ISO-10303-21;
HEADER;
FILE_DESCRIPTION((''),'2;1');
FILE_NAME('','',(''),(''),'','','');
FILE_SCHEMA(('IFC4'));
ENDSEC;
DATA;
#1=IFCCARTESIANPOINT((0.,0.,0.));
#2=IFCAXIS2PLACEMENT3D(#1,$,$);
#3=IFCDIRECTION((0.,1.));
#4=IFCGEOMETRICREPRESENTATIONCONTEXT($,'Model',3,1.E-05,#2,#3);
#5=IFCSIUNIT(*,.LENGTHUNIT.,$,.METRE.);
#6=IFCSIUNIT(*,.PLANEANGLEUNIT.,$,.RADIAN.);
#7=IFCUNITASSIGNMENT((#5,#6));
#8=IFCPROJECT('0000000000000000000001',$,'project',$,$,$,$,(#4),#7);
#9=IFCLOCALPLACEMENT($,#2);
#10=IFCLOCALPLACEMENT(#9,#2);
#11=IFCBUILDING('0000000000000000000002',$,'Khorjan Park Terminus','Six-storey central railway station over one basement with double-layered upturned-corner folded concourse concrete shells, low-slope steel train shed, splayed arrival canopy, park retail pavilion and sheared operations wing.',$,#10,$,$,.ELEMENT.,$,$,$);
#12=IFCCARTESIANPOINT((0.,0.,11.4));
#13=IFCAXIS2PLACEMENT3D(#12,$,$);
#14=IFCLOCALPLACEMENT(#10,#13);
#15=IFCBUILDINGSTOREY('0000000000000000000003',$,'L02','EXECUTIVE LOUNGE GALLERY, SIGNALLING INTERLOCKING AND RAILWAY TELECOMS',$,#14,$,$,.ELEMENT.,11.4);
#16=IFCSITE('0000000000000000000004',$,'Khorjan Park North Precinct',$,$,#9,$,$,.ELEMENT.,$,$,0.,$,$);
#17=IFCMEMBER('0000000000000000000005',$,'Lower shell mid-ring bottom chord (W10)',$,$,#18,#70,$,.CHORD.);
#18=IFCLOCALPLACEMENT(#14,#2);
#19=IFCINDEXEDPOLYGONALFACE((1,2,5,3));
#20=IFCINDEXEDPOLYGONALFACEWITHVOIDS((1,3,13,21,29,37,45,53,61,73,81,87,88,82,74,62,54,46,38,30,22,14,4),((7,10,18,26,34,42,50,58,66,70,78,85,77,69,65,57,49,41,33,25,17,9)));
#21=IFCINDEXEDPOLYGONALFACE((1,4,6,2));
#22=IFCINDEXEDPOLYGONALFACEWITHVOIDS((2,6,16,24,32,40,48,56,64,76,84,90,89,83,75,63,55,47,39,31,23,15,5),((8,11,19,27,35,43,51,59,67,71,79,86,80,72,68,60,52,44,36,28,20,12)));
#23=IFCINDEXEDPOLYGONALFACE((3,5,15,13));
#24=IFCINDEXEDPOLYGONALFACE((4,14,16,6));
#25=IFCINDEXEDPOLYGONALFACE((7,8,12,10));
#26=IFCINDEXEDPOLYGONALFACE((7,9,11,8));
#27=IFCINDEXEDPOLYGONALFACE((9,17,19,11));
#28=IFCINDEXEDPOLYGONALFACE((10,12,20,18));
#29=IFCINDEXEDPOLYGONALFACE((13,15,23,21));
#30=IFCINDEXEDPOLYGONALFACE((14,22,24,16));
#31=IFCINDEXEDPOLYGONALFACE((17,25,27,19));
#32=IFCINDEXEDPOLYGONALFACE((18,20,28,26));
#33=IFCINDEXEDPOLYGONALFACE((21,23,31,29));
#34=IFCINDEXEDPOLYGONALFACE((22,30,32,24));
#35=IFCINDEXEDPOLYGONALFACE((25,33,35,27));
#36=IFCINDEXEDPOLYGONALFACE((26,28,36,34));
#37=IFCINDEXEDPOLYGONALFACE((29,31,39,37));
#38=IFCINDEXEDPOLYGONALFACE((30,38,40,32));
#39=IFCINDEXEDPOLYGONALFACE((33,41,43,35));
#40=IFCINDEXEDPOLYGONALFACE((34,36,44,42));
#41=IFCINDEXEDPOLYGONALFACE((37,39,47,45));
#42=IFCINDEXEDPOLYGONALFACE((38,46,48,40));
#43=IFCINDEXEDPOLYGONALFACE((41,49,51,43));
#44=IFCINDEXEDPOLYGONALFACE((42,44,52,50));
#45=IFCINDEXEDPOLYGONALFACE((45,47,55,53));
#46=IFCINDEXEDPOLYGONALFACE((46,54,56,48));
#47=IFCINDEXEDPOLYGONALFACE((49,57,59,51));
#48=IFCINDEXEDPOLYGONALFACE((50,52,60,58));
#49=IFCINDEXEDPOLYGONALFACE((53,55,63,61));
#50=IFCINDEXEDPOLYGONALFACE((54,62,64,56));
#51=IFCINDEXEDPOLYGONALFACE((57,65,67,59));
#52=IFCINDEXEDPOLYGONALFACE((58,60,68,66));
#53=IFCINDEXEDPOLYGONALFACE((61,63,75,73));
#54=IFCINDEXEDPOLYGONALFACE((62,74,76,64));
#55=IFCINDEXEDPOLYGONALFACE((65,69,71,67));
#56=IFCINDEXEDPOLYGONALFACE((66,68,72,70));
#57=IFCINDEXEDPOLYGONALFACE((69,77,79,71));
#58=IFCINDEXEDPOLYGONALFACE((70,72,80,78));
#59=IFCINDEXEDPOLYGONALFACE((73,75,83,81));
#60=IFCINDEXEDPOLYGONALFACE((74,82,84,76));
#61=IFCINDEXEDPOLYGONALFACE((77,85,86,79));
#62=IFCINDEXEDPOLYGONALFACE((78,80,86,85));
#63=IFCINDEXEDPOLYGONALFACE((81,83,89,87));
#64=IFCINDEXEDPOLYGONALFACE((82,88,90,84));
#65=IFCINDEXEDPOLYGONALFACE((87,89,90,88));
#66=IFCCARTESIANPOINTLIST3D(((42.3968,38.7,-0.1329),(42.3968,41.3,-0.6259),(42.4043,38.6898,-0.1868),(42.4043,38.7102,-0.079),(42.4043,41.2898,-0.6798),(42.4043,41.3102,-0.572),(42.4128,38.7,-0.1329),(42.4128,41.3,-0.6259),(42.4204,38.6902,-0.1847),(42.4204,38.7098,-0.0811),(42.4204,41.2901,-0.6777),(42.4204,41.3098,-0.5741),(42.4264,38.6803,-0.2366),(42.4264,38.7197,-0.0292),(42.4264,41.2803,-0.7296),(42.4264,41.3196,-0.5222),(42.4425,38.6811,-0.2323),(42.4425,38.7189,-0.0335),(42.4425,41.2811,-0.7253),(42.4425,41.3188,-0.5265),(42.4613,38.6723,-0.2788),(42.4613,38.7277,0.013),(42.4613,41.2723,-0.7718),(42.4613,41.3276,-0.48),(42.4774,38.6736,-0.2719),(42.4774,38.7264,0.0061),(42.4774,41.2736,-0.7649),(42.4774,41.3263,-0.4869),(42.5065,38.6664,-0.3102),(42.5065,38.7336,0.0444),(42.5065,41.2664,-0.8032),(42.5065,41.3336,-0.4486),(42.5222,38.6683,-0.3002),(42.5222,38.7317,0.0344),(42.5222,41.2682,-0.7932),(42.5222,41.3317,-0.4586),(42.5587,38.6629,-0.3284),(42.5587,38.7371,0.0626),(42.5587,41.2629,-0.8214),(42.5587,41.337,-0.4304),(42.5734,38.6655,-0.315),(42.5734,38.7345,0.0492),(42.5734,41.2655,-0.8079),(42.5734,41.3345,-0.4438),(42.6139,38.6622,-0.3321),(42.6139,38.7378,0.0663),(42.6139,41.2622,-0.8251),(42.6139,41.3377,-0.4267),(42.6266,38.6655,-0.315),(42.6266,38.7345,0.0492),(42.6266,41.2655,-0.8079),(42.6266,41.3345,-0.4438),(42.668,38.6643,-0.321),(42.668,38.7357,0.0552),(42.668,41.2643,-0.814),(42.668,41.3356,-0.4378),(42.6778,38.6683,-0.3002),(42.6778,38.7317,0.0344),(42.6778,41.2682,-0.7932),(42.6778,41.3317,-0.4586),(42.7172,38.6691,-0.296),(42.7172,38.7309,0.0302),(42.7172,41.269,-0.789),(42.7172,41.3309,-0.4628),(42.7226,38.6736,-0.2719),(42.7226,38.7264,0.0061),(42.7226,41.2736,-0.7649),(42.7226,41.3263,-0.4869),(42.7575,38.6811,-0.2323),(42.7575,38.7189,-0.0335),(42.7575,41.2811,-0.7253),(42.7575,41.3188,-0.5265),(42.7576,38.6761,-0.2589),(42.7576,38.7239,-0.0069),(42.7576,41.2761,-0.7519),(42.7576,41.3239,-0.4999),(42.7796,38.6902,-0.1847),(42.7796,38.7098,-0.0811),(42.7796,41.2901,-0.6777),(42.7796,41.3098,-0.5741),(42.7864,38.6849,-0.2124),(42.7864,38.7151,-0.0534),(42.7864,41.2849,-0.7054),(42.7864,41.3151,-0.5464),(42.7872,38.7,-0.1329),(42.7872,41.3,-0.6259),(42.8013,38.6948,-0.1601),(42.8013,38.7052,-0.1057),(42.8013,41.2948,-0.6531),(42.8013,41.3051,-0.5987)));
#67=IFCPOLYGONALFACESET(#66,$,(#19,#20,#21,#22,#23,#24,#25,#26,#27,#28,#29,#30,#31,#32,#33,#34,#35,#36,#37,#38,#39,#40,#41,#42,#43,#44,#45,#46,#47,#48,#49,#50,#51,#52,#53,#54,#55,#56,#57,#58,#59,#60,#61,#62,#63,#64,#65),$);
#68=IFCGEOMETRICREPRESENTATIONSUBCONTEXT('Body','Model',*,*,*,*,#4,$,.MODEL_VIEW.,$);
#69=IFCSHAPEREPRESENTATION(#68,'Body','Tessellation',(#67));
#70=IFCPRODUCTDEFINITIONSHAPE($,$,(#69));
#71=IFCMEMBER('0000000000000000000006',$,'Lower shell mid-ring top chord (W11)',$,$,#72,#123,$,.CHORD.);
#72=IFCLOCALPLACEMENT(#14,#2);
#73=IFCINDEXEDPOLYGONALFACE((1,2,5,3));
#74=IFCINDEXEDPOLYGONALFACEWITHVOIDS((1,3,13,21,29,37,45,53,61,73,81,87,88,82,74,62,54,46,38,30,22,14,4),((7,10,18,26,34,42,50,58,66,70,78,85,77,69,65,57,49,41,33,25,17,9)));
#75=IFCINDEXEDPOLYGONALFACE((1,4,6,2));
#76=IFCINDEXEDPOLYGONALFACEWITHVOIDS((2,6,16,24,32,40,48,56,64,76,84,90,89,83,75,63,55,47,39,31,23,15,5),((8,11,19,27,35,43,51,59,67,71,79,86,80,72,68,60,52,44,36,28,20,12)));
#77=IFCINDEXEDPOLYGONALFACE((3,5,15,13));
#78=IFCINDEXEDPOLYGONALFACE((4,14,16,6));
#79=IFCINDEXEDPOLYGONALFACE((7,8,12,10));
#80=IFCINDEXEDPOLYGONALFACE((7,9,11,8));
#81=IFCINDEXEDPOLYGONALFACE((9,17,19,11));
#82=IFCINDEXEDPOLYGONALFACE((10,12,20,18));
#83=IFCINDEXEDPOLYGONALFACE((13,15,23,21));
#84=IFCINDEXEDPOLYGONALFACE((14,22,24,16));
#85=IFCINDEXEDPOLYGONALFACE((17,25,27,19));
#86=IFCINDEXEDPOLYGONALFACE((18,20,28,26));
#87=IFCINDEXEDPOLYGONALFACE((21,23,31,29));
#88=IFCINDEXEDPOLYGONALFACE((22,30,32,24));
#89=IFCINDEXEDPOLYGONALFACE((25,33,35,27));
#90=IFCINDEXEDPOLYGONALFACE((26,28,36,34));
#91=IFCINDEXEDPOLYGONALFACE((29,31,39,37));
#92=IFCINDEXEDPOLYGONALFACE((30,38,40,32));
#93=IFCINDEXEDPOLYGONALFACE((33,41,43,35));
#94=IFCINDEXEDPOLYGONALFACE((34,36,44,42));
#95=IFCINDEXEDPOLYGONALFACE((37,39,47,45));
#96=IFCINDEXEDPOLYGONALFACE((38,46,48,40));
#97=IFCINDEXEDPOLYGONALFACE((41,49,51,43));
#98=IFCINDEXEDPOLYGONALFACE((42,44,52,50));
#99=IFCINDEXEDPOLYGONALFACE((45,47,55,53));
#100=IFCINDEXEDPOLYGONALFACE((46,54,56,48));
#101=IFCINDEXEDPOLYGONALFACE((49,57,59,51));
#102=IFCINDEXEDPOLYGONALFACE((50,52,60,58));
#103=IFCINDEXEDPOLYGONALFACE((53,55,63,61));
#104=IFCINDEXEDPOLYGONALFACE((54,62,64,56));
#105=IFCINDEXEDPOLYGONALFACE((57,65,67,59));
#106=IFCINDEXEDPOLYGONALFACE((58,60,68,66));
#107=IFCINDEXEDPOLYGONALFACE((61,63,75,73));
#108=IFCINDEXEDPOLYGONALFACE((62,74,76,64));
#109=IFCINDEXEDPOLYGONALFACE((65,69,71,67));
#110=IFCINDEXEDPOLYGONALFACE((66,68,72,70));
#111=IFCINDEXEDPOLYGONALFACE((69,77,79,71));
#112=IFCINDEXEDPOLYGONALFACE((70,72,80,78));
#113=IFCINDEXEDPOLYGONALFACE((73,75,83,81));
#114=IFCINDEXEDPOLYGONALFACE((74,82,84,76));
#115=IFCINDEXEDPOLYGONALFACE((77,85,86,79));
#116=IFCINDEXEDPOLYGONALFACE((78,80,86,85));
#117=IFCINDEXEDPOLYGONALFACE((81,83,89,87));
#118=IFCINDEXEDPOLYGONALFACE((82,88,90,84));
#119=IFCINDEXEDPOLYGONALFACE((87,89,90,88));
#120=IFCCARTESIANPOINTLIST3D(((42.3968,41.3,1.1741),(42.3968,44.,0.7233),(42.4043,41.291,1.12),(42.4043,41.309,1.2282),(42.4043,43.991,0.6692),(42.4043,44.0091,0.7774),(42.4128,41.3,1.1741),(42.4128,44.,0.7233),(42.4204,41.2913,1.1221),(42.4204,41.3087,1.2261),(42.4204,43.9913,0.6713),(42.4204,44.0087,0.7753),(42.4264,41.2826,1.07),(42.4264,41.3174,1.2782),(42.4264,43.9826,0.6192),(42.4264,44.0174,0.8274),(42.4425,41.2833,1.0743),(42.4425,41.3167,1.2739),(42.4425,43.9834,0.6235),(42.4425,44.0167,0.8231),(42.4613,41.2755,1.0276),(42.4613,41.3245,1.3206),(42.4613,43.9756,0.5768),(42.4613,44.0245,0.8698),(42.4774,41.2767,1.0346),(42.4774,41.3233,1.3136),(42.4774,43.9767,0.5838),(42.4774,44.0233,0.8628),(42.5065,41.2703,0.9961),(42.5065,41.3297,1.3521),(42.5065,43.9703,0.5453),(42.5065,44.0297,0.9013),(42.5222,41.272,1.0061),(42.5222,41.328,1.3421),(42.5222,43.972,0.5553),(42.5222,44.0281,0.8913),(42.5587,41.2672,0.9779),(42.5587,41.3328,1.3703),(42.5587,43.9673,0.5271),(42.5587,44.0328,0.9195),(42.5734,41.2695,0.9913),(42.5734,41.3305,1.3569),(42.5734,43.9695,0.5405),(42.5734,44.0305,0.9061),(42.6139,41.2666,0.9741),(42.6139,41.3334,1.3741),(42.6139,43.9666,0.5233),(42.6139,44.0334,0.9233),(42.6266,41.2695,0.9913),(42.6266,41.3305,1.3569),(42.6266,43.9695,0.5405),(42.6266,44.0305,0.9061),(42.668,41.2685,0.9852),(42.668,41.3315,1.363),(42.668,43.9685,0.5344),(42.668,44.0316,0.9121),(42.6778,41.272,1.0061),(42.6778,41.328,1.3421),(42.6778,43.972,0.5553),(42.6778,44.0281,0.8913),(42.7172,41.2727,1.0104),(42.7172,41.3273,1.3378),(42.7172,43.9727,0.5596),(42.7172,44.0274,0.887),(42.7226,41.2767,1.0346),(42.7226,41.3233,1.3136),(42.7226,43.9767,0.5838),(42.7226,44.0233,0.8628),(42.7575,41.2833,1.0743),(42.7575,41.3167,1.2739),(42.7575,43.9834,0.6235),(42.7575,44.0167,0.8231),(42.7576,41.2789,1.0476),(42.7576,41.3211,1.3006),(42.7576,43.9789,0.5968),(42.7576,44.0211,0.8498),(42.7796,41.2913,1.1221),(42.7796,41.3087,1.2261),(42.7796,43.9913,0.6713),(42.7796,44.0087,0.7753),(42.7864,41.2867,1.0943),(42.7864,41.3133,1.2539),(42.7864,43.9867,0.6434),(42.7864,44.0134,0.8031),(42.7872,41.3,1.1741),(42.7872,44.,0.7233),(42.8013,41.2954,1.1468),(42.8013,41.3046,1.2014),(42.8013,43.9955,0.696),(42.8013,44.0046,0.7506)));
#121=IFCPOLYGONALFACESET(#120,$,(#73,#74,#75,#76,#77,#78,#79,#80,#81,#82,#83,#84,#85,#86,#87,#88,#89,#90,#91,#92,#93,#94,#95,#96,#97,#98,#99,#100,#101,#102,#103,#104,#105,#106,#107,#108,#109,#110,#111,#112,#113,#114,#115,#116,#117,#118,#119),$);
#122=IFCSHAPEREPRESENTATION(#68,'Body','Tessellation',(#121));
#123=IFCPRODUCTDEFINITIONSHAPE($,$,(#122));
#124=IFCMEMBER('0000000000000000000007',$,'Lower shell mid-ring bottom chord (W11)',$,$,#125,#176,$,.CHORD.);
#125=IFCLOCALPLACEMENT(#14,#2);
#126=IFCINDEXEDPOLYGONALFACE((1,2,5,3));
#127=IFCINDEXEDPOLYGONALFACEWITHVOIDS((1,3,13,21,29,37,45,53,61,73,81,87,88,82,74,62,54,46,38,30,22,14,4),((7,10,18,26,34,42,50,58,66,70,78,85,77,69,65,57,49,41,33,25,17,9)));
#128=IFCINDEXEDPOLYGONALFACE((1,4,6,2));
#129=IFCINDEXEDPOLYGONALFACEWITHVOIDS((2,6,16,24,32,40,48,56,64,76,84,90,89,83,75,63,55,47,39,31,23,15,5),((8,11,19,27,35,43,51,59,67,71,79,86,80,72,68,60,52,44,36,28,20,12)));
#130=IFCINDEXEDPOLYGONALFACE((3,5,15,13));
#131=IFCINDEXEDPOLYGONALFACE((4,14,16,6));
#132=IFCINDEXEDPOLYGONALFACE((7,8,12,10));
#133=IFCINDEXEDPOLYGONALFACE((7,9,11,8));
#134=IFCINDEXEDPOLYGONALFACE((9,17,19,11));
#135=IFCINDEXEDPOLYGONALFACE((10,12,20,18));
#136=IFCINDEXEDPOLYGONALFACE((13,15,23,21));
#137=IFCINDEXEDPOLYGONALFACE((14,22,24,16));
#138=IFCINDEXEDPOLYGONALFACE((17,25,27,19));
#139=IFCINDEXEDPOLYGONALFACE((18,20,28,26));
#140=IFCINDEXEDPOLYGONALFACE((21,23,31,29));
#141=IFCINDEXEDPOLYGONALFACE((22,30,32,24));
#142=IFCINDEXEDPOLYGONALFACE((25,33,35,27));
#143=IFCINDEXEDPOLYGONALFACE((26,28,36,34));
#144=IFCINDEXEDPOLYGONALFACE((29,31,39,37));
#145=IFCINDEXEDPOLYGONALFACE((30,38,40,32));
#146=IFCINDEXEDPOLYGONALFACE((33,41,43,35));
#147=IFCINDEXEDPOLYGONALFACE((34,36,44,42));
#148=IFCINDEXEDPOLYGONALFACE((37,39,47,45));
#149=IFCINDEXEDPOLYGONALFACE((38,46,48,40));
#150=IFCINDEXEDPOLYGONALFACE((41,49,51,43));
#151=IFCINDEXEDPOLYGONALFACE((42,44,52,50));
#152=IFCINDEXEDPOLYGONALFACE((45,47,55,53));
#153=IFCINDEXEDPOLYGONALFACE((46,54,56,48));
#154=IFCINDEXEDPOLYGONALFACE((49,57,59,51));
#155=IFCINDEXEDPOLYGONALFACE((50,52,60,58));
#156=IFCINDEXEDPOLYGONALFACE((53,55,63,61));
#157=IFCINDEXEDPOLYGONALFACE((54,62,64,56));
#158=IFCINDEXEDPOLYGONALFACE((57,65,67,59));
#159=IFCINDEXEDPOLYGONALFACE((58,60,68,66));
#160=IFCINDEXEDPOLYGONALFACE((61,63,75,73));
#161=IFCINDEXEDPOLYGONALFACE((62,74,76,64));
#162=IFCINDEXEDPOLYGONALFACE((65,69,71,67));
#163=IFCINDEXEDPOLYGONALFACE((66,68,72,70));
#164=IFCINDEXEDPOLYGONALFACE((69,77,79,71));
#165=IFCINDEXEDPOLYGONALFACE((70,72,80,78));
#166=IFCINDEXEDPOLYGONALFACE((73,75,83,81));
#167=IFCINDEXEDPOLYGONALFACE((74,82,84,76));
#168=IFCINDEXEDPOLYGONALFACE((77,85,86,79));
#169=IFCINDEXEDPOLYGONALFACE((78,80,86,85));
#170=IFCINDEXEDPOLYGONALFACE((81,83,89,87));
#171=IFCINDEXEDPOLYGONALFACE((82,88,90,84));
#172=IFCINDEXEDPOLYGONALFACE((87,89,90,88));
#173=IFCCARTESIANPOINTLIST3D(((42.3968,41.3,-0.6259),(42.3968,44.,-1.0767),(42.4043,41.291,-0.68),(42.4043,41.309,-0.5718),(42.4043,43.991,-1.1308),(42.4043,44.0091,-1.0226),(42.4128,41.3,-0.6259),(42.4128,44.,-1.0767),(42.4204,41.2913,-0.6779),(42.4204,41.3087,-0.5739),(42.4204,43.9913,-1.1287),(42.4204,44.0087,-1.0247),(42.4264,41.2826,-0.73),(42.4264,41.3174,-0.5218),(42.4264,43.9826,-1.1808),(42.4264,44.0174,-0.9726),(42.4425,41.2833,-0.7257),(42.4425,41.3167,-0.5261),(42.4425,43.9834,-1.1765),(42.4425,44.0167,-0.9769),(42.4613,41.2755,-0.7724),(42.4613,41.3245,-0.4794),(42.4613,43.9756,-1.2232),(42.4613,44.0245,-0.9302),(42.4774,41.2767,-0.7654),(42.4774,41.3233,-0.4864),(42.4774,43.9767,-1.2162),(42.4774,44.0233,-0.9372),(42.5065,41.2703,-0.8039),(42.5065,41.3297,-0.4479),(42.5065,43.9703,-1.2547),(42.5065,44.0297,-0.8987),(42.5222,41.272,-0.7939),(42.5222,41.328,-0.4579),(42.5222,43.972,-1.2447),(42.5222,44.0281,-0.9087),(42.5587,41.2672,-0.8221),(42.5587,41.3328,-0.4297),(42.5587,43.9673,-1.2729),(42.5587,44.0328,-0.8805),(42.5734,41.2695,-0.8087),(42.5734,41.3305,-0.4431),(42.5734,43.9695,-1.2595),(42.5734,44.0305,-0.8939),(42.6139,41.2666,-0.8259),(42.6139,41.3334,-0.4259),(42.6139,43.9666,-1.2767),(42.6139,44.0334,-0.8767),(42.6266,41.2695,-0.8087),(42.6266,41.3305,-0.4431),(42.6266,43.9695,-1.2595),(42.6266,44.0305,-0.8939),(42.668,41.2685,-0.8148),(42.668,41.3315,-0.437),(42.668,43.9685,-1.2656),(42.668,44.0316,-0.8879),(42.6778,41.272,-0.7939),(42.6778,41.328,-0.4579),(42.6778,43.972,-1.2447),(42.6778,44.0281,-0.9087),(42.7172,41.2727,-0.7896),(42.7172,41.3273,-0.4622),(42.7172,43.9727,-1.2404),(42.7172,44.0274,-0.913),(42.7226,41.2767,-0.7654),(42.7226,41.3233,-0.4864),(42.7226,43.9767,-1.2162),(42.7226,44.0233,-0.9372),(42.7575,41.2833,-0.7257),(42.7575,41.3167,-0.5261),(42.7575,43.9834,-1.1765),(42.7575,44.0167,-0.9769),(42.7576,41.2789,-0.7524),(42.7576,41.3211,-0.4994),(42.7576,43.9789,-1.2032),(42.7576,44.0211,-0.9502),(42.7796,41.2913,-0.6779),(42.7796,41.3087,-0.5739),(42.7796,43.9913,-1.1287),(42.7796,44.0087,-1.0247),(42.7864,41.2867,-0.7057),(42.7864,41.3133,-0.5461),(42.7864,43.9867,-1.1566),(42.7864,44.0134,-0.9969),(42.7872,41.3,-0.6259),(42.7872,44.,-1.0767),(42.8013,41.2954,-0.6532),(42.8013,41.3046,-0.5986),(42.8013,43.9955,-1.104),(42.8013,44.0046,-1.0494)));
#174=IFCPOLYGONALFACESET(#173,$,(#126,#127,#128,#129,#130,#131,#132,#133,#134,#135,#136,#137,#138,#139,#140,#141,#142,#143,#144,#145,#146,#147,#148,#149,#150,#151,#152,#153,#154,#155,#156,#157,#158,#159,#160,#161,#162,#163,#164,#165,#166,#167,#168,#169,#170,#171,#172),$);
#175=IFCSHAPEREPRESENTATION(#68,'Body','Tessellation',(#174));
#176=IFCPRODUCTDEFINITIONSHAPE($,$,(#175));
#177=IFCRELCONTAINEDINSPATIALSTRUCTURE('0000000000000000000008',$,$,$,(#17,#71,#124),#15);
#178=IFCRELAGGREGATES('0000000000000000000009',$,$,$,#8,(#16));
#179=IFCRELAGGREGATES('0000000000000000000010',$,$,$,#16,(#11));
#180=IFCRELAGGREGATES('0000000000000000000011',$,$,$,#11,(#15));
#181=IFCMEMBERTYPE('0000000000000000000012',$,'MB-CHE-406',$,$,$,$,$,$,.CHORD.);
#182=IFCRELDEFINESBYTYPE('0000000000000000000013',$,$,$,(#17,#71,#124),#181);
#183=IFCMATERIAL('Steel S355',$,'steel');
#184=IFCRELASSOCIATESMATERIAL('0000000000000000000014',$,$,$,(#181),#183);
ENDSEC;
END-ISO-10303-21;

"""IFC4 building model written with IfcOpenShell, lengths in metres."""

from ifc_helpers import new_model, si_unit, direction, frame, origin, origin_2d, place, context, subcontext, project, spatial, hollow_circle, extrude, material, material_profile, profile_set, type_object, element, save


model = new_model("IFC4")

# Units and contexts
model_context = context("Model", 3, precision=1e-05, world=origin(), true_north=direction((0.0, 1.0)))
body_context = subcontext(model_context, "Body", "Model", "MODEL_VIEW")
ifc_project = project(units=[si_unit("LENGTHUNIT", "METRE"), si_unit("PLANEANGLEUNIT", "RADIAN")], contexts=[model_context])

# Site, building, storey
site_placement = place(None, origin())
site = spatial("IfcSite", under=ifc_project, at=site_placement, Name="Khorjan Park North Precinct", CompositionType="ELEMENT", RefElevation=0.0)
building_placement = place(site_placement, origin())
building = spatial("IfcBuilding", under=site, at=building_placement, Name="Khorjan Park Terminus", Description="Six-storey central railway station over one basement with double-layered upturned-corner folded concourse concrete shells, low-slope steel train shed, splayed arrival canopy, park retail pavilion and sheared operations wing.", CompositionType="ELEMENT")
storey_placement = place(building_placement, frame((0.0, 0.0, 11.4)))
storey = spatial("IfcBuildingStorey", under=building, at=storey_placement, Name="L02", Description="EXECUTIVE LOUNGE GALLERY, SIGNALLING INTERLOCKING AND RAILWAY TELECOMS", CompositionType="ELEMENT", Elevation=11.4)

# Members
ifc_material_1 = material(Name="Steel S355", Category="steel")
ifc_material_profile_1 = material_profile(ifc_material_1, hollow_circle(Radius=0.2032, WallThickness=0.016, at=origin_2d()), Name="CHS 406.4x16")
ifc_profile_set_1 = profile_set([ifc_material_profile_1], Name="Steel S355")
member_type_1 = type_object("IfcMemberType", Name="MB-CHE-406", PredefinedType="CHORD", material=ifc_profile_set_1)
for number, where, z_axis, x_axis, name in (
    (1, (42.6, 38.7, -0.1329), (0.0, 0.982494, -0.186296), (-1.0, 0.0, 0.0), "Lower shell mid-ring bottom chord (W10)"),
):
    element("IfcMember", number, at=place(storey_placement, frame(where, z_axis=z_axis, x_axis=x_axis)), inside=storey, type_object=member_type_1, Name=name, PredefinedType="CHORD", context=body_context, shape_type="SweptSolid", body=[
        extrude(hollow_circle(Radius=0.2032, WallThickness=0.016, at=origin_2d()), origin(), (0.0, 0.0, 1.0), 2.6463),
    ])
for number, where, z_axis, x_axis, name in (
    (2, (42.6, 41.3, 1.1741), (0.0, 0.986346, -0.164683), (-1.0, 0.0, 0.0), "Lower shell mid-ring top chord (W11)"),
    (3, (42.6, 41.3, -0.6259), (0.0, 0.986346, -0.164683), (-1.0, 0.0, 0.0), "Lower shell mid-ring bottom chord (W11)"),
):
    element("IfcMember", number, at=place(storey_placement, frame(where, z_axis=z_axis, x_axis=x_axis)), inside=storey, type_object=member_type_1, Name=name, PredefinedType="CHORD", context=body_context, shape_type="SweptSolid", body=[
        extrude(hollow_circle(Radius=0.2032, WallThickness=0.016, at=origin_2d()), origin(), (0.0, 0.0, 1.0), 2.7374),
    ])

save(model, "model.ifc")
